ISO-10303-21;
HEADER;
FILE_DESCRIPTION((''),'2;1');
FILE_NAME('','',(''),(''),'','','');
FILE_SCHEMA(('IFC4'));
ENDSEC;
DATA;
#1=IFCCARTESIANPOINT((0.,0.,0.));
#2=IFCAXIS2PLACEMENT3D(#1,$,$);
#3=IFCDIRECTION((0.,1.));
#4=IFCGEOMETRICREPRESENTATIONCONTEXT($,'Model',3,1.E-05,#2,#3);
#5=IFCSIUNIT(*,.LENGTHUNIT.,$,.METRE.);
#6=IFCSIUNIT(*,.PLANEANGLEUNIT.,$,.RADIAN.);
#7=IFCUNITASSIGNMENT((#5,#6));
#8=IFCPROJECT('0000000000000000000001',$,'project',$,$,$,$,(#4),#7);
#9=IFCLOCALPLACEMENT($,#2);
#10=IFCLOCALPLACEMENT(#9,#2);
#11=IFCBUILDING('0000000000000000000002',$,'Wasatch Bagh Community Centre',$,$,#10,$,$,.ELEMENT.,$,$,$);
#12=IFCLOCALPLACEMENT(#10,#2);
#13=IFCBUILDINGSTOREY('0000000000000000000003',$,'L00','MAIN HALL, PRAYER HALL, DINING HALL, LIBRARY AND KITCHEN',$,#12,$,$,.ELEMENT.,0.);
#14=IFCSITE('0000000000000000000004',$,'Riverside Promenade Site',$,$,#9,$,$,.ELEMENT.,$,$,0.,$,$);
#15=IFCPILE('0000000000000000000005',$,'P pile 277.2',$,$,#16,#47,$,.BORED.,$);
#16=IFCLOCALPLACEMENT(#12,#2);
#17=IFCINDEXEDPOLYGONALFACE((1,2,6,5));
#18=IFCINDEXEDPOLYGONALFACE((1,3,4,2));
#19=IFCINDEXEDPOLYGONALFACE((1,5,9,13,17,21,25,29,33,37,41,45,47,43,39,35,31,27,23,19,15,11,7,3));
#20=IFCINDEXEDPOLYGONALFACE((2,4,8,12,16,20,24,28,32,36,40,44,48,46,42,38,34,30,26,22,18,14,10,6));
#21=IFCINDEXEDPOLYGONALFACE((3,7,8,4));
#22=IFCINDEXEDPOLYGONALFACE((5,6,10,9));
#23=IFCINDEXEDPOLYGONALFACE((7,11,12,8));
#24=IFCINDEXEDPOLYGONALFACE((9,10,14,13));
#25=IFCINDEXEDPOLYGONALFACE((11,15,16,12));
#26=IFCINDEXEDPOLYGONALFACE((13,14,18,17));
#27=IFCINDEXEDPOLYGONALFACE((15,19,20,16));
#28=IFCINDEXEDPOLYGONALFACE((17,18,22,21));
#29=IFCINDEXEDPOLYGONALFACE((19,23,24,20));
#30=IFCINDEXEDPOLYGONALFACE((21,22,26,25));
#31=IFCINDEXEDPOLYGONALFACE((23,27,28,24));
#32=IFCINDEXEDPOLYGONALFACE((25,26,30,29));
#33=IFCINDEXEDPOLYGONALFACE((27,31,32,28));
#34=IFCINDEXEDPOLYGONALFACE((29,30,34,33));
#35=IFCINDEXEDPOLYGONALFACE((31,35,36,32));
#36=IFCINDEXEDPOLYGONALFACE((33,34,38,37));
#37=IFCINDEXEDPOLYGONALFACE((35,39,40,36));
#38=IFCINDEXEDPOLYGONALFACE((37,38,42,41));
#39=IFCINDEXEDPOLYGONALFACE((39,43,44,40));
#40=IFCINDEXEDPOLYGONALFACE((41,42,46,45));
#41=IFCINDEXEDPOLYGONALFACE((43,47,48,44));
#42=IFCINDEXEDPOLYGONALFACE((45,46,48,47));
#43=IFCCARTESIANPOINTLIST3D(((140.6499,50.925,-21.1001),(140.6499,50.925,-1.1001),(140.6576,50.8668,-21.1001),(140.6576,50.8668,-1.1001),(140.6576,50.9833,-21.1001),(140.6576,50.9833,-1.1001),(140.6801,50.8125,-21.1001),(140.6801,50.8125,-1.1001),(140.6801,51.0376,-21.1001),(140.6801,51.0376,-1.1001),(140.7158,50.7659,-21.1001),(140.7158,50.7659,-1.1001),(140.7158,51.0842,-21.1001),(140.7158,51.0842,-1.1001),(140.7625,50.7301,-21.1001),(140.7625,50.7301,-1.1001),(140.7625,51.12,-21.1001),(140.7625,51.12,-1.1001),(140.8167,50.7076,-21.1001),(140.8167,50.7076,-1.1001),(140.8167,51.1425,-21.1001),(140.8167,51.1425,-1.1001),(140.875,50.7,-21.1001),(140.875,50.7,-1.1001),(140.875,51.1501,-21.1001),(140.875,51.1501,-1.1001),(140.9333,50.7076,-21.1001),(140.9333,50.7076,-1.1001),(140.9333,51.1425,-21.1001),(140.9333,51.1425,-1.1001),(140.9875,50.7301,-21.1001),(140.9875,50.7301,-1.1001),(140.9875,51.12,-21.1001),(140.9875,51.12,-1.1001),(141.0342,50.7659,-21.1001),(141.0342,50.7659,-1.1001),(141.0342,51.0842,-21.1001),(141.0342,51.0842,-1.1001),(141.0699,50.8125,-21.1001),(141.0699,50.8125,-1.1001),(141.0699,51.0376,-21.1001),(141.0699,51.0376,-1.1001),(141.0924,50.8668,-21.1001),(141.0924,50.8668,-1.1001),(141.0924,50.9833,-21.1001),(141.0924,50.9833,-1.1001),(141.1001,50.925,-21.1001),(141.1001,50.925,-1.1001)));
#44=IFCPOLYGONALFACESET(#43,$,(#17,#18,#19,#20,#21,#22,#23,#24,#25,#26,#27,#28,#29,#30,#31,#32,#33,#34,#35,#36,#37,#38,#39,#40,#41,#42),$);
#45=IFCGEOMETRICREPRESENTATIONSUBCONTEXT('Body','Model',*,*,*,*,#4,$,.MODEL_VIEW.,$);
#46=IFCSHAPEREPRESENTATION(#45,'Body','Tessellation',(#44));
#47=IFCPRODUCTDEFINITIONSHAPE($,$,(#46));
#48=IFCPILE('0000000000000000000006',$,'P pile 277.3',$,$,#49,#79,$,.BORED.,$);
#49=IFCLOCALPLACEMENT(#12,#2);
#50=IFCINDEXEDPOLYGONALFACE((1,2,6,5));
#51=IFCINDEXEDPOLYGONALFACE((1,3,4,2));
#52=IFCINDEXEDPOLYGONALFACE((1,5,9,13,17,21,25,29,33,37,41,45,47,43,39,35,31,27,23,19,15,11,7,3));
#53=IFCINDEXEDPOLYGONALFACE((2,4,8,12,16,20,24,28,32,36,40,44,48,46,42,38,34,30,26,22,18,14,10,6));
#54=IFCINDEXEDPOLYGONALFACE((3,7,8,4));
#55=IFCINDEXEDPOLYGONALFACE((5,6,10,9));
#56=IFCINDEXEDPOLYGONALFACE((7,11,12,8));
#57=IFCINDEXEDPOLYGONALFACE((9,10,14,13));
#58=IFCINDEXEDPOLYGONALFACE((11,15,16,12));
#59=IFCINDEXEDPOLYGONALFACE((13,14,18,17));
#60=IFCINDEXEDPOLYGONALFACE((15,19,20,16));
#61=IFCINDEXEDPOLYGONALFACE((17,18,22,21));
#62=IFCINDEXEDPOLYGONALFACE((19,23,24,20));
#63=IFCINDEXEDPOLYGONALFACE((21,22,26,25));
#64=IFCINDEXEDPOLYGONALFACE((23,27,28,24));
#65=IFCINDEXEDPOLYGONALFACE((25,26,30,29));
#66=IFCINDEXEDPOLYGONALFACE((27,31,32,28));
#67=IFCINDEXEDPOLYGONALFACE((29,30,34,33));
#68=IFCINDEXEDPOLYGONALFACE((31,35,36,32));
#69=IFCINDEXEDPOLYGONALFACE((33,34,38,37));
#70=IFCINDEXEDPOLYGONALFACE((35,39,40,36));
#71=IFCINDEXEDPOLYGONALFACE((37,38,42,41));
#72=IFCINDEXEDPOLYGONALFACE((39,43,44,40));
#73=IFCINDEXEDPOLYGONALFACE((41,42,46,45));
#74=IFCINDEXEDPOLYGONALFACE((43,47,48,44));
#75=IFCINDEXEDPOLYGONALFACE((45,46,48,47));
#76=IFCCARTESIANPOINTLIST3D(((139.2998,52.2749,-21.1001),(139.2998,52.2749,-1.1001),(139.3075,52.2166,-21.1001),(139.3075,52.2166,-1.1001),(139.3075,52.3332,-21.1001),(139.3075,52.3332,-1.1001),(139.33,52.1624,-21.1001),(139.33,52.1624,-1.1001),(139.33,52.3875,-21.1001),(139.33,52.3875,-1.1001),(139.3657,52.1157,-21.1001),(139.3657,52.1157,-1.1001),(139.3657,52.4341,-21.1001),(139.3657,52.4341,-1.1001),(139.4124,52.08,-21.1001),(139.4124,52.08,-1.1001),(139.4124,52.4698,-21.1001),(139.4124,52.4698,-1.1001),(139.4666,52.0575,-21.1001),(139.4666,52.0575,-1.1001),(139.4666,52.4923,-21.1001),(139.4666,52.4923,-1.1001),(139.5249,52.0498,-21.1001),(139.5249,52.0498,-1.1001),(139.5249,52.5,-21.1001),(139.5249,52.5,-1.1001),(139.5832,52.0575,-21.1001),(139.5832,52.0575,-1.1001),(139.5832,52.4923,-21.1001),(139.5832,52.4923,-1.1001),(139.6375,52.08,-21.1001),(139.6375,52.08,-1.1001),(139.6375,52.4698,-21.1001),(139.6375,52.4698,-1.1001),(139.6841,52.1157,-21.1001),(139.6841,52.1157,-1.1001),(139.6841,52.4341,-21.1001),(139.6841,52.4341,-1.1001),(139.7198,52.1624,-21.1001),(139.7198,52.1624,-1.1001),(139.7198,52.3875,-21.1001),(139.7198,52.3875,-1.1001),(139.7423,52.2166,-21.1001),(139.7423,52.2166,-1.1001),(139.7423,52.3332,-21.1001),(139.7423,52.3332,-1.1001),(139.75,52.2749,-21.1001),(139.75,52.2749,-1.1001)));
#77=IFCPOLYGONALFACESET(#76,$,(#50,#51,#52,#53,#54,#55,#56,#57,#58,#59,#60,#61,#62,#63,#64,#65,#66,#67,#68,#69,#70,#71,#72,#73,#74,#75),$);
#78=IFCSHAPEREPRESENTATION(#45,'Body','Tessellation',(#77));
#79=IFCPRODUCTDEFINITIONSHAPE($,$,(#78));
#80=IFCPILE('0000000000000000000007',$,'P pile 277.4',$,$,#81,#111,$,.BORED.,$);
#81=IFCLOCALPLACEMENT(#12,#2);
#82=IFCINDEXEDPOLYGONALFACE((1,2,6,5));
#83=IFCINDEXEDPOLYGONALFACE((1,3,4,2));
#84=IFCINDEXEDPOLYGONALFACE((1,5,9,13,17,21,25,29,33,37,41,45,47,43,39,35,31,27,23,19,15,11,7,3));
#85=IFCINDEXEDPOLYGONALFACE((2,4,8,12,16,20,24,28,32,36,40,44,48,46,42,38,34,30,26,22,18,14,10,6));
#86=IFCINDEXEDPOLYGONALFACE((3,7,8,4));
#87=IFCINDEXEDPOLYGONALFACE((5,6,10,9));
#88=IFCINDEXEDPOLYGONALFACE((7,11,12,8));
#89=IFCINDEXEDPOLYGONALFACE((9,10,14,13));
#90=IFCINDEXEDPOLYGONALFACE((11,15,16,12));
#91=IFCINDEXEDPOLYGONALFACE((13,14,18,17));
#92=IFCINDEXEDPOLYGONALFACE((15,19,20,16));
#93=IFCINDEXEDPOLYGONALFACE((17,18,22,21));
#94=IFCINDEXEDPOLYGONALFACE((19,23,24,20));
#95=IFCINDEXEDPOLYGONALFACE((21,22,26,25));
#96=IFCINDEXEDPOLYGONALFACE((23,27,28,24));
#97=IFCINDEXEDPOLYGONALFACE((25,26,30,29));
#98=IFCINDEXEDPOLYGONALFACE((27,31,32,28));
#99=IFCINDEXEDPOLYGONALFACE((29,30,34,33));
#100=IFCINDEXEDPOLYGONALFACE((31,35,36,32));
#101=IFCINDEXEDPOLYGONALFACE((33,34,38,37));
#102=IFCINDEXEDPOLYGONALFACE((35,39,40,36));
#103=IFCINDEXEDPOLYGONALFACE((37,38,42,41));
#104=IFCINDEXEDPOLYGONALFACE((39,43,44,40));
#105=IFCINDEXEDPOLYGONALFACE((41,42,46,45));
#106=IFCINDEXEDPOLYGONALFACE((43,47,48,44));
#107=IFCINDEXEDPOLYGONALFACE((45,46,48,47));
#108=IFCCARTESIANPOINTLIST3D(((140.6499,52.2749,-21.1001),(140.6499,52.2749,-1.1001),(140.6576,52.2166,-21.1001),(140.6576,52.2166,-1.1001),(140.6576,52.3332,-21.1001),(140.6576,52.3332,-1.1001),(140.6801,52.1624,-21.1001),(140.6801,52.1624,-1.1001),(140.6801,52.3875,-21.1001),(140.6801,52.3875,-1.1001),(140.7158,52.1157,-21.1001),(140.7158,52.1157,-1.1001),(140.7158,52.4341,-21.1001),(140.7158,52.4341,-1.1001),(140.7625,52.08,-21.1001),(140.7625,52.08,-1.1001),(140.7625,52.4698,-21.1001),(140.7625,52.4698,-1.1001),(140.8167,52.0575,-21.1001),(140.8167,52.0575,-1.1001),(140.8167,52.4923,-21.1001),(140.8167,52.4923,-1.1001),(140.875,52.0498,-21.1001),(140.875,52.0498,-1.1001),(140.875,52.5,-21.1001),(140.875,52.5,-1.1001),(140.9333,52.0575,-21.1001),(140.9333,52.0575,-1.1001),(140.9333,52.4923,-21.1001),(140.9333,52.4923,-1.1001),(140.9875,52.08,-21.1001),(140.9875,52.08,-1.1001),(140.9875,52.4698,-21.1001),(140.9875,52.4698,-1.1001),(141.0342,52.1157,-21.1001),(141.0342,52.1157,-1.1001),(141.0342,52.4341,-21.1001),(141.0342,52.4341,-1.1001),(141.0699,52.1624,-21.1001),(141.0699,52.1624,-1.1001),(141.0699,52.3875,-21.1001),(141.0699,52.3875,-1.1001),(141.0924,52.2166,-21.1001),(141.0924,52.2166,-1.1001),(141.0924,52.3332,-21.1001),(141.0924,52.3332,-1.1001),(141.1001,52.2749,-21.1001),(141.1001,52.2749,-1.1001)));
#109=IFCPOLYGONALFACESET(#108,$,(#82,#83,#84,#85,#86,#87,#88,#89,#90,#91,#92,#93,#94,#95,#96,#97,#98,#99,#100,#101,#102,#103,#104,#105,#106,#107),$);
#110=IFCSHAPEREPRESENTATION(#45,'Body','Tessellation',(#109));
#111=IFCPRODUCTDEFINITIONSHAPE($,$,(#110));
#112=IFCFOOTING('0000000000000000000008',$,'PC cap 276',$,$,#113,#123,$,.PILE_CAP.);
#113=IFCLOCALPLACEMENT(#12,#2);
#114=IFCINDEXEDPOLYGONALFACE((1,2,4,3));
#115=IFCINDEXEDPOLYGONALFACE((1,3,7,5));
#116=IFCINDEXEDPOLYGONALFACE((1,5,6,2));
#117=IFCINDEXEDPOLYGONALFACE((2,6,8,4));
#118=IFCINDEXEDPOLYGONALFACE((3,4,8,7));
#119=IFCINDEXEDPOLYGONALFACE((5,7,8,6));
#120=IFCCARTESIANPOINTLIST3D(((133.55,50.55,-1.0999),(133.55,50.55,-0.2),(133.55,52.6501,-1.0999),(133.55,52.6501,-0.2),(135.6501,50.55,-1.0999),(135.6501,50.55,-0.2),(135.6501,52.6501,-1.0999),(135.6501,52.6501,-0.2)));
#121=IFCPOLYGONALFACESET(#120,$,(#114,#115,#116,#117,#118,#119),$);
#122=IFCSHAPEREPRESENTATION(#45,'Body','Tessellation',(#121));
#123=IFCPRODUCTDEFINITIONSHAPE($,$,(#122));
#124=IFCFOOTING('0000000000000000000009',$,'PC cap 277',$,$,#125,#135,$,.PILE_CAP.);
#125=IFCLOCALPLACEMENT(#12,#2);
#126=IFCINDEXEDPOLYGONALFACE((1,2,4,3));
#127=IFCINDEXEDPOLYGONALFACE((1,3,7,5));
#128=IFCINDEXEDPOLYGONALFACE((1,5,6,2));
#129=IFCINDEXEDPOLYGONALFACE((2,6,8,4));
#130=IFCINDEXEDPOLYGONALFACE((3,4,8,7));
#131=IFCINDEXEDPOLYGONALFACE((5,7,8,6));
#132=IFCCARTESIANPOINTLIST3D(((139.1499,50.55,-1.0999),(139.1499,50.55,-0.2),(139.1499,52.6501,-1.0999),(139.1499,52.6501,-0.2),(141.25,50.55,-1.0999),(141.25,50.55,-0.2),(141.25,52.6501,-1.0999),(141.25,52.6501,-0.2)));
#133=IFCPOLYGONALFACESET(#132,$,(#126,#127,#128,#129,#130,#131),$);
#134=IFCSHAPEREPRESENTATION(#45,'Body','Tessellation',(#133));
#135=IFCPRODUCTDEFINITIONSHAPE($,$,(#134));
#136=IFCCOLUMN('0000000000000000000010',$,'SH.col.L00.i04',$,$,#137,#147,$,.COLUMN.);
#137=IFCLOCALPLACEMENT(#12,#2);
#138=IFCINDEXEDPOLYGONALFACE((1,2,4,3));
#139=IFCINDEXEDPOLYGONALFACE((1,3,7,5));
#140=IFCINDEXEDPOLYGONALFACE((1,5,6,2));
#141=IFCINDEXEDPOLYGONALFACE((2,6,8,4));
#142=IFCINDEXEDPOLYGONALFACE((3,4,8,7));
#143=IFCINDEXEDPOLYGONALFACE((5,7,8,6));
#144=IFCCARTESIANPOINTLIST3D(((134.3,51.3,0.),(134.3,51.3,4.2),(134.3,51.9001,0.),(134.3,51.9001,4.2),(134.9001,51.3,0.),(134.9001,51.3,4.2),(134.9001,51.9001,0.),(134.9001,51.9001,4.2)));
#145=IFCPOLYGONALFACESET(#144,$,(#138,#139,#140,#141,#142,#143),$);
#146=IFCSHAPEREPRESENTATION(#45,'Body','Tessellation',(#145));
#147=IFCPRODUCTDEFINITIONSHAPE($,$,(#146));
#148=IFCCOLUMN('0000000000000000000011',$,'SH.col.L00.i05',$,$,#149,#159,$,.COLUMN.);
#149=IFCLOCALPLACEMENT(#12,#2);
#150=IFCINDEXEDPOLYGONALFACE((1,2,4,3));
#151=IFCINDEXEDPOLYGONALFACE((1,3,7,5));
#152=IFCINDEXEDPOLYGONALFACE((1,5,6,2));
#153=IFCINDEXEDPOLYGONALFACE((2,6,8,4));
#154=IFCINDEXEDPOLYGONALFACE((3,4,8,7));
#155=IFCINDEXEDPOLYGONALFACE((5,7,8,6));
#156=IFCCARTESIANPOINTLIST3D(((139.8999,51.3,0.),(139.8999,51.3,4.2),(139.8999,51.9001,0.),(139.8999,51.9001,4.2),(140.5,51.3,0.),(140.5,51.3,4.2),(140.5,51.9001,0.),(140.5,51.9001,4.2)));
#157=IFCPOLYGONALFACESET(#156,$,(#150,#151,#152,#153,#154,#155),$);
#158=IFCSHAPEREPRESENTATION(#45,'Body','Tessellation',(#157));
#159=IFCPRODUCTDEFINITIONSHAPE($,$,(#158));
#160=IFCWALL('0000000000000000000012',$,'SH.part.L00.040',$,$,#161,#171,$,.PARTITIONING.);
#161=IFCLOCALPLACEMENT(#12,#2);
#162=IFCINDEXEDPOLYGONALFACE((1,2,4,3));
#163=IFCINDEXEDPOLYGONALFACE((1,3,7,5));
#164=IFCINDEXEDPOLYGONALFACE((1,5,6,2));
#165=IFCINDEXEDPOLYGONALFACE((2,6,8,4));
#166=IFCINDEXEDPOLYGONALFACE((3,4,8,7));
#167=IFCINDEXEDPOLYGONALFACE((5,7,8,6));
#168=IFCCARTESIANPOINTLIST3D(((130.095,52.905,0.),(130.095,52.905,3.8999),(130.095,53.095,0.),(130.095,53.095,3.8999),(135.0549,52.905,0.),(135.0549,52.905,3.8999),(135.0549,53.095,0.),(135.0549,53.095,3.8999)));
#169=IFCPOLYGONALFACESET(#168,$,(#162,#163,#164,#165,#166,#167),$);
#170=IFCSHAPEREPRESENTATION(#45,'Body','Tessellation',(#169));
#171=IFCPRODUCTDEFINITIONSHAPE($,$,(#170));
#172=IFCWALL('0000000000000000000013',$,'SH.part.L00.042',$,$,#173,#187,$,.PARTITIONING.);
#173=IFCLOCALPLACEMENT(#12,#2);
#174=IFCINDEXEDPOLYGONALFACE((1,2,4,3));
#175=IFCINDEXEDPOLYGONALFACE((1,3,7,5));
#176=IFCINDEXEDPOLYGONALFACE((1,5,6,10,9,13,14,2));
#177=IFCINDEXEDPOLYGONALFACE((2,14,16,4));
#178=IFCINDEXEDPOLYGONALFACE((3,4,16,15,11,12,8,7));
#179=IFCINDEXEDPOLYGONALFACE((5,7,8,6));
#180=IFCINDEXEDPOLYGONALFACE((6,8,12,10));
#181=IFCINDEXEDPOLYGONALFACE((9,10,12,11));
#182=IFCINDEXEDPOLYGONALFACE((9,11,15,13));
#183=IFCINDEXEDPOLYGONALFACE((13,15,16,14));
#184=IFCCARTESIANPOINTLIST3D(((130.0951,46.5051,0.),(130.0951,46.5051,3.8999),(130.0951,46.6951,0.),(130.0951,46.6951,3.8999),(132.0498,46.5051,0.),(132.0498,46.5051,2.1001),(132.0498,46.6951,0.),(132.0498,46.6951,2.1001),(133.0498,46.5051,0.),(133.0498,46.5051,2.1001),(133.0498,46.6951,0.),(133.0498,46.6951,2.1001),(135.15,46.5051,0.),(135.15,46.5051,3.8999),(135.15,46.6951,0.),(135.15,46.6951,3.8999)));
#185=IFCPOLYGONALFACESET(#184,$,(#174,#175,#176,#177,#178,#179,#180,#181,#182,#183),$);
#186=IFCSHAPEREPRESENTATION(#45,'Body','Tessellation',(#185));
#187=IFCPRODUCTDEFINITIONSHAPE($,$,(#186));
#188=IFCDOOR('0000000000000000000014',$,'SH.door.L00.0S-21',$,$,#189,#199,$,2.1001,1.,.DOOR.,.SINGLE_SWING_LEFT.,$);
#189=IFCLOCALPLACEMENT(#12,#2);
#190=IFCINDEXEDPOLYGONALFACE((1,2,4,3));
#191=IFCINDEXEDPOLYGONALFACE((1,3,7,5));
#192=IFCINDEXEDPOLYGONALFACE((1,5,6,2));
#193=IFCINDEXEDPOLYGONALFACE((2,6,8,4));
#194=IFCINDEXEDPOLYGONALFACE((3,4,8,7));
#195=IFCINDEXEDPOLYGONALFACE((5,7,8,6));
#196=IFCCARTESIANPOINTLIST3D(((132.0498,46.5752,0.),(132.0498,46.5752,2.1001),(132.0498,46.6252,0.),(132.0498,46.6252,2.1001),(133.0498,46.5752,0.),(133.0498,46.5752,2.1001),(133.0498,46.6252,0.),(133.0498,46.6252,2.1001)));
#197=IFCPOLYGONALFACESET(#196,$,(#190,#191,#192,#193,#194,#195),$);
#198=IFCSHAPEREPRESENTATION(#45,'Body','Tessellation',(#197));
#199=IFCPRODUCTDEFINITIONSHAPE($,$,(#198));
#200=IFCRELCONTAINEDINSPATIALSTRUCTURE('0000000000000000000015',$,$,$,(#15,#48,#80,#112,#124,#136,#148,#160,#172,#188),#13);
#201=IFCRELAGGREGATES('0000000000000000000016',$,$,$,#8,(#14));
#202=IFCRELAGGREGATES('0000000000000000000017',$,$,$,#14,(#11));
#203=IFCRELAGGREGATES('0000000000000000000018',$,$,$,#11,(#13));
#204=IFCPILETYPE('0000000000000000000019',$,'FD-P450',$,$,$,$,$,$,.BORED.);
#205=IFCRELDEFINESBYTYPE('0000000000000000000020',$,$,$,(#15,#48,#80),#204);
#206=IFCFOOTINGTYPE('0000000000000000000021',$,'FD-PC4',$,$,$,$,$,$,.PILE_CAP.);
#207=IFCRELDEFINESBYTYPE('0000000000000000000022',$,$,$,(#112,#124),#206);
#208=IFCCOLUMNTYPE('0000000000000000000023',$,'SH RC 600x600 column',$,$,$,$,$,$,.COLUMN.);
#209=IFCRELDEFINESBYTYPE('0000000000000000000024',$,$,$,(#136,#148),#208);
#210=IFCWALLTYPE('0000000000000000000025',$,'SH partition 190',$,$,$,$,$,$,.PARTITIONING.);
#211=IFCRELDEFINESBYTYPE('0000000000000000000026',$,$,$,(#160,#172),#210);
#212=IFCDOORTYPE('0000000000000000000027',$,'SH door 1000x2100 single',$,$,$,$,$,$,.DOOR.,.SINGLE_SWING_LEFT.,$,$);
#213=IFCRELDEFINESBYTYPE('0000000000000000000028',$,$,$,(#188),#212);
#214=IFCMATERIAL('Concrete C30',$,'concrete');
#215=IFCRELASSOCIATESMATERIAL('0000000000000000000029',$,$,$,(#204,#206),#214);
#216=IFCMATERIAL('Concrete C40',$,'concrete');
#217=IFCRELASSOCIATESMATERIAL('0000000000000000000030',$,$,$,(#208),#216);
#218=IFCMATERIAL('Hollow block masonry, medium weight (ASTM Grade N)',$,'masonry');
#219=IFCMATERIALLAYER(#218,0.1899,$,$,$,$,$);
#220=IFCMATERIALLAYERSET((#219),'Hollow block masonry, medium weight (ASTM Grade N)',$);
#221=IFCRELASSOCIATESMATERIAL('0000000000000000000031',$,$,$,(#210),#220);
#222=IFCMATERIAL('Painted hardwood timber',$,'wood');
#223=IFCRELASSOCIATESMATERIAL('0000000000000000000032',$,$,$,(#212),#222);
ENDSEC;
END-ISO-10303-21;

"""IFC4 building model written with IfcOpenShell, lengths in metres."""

from ifc_helpers import new_model, si_unit, direction, frame, frame_2d, origin, origin_2d, place, context, subcontext, project, spatial, rectangle, circle, extrude, material, layer, layer_set, material_profile, profile_set, type_object, element, fill, save


model = new_model("IFC4")

# Units and contexts
model_context = context("Model", 3, precision=1e-05, world=origin(), true_north=direction((0.0, 1.0)))
body_context = subcontext(model_context, "Body", "Model", "MODEL_VIEW")
ifc_project = project(units=[si_unit("LENGTHUNIT", "METRE"), si_unit("PLANEANGLEUNIT", "RADIAN")], contexts=[model_context])

# Site, building, storey
site_placement = place(None, origin())
site = spatial("IfcSite", under=ifc_project, at=site_placement, Name="Riverside Promenade Site", CompositionType="ELEMENT", RefElevation=0.0)
building_placement = place(site_placement, origin())
building = spatial("IfcBuilding", under=site, at=building_placement, Name="Wasatch Bagh Community Centre", CompositionType="ELEMENT")
storey_placement = place(building_placement, origin())
storey = spatial("IfcBuildingStorey", under=building, at=storey_placement, Name="L00", Description="MAIN HALL, PRAYER HALL, DINING HALL, LIBRARY AND KITCHEN", CompositionType="ELEMENT", Elevation=0.0)

# Piles
ifc_material_1 = material(Name="Concrete C30", Category="concrete")
ifc_material_profile_1 = material_profile(ifc_material_1, circle(Radius=0.2251, at=origin_2d()), Name="RC D450")
ifc_profile_set_1 = profile_set([ifc_material_profile_1], Name="Concrete C30")
pile_type = type_object("IfcPileType", Name="FD-P450", PredefinedType="BORED", material=ifc_profile_set_1)
for number, where, z_axis, x_axis, name in (
    (1, (140.875, 50.925, -1.1001), (0.0, 0.0, -1.0), (1.0, 0.0, 0.0), "P pile 277.2"),
    (2, (139.5249, 52.2749, -1.1001), (0.0, 0.0, -1.0), (1.0, 0.0, 0.0), "P pile 277.3"),
    (3, (140.875, 52.2749, -1.1001), (0.0, 0.0, -1.0), (1.0, 0.0, 0.0), "P pile 277.4"),
):
    element("IfcPile", number, at=place(storey_placement, frame(where, z_axis=z_axis, x_axis=x_axis)), inside=storey, type_object=pile_type, Name=name, PredefinedType="BORED", context=body_context, shape_type="SweptSolid", body=[
        extrude(circle(Radius=0.2251, at=origin_2d()), origin(), (0.0, 0.0, 1.0), 20.0),
    ])

# Footings
footing_type_1 = type_object("IfcFootingType", Name="FD-PC4", PredefinedType="PILE_CAP", material=ifc_material_1)
for number, where, z_axis, x_axis, name in (
    (4, (134.6001, 51.6001, -1.0999), (0.0, 0.0, 1.0), (1.0, 0.0, 0.0), "PC cap 276"),
    (5, (140.2, 51.6001, -1.0999), (0.0, 0.0, 1.0), (1.0, 0.0, 0.0), "PC cap 277"),
):
    element("IfcFooting", number, at=place(storey_placement, frame(where, z_axis=z_axis, x_axis=x_axis)), inside=storey, type_object=footing_type_1, Name=name, PredefinedType="PILE_CAP", context=body_context, shape_type="SweptSolid", body=[
        extrude(rectangle(XDim=2.1001, YDim=2.1001, at=origin_2d()), origin(), (0.0, 0.0, 1.0), 0.8999),
    ])

# Columns
ifc_material_2 = material(Name="Concrete C40", Category="concrete")
ifc_material_profile_2 = material_profile(ifc_material_2, rectangle(XDim=0.6001, YDim=0.6001, at=origin_2d()), Name="RC 600x600")
ifc_profile_set_2 = profile_set([ifc_material_profile_2], Name="Concrete C40")
column_type = type_object("IfcColumnType", Name="SH RC 600x600 column", PredefinedType="COLUMN", material=ifc_profile_set_2)
for number, where, z_axis, x_axis, name in (
    (6, (134.6001, 51.6001, 0.0), (0.0, 0.0, 1.0), (1.0, 0.0, 0.0), "SH.col.L00.i04"),
    (7, (140.2, 51.6001, 0.0), (0.0, 0.0, 1.0), (1.0, 0.0, 0.0), "SH.col.L00.i05"),
):
    element("IfcColumn", number, at=place(storey_placement, frame(where, z_axis=z_axis, x_axis=x_axis)), inside=storey, type_object=column_type, Name=name, PredefinedType="COLUMN", context=body_context, shape_type="SweptSolid", body=[
        extrude(rectangle(XDim=0.6001, YDim=0.6001, at=origin_2d()), origin(), (0.0, 0.0, 1.0), 4.2),
    ])

# Wall
ifc_material_3 = material(Name="Hollow block masonry, medium weight (ASTM Grade N)", Category="masonry")
ifc_layer = layer(ifc_material_3, 0.1899)
ifc_layer_set = layer_set([ifc_layer], Name="Hollow block masonry, medium weight (ASTM Grade N)")
wall_type = type_object("IfcWallType", Name="SH partition 190", PredefinedType="PARTITIONING", material=ifc_layer_set)
wall_1_placement = place(storey_placement, frame((135.0549, 53.0, 0.0), z_axis=(0.0, 0.0, 1.0), x_axis=(-1.0, 0.0, 0.0)))
element("IfcWall", 8, at=wall_1_placement, inside=storey, type_object=wall_type, Name="SH.part.L00.040", PredefinedType="PARTITIONING", context=body_context, shape_type="SweptSolid", body=[
    extrude(rectangle(XDim=4.96, YDim=0.1899, at=frame_2d((2.48, 0.0))), origin(), (0.0, 0.0, 1.0), 3.8999),
])

# Wall, opening, door
wall_2_placement = place(storey_placement, frame((135.1499, 46.6001, 0.0), z_axis=(0.0, 0.0, 1.0), x_axis=(-1.0, 0.0, 0.0)))
wall_2 = element("IfcWall", 9, at=wall_2_placement, inside=storey, type_object=wall_type, Name="SH.part.L00.042", PredefinedType="PARTITIONING", context=body_context, shape_type="SweptSolid", body=[
    extrude(rectangle(XDim=5.0549, YDim=0.1899, at=frame_2d((2.5273, 0.0))), origin(), (0.0, 0.0, 1.0), 3.8999),
])
opening_1_placement = place(wall_2_placement, frame((2.1001, 0.0, 0.0)))
opening_1 = element("IfcOpeningElement", 10, at=opening_1_placement, cuts=wall_2, PredefinedType="OPENING", context=body_context, shape_type="SweptSolid", body=[
    extrude(rectangle(XDim=1.0, YDim=2.1001, at=frame_2d((0.5, 1.05))), frame((0.0, 0.105, 0.0), z_axis=(0.0, -1.0, 0.0), x_axis=(1.0, 0.0, 0.0)), (0.0, 0.0, 1.0), 0.21),
])
ifc_material_4 = material(Name="Painted hardwood timber", Category="wood")
door_type = type_object("IfcDoorType", Name="SH door 1000x2100 single", OperationType="SINGLE_SWING_LEFT", PredefinedType="DOOR", material=ifc_material_4)
door_1_placement = place(opening_1_placement, origin())
door_1 = element("IfcDoor", 11, at=door_1_placement, inside=storey, type_object=door_type, Name="SH.door.L00.0S-21", OperationType="SINGLE_SWING_LEFT", OverallHeight=2.1001, OverallWidth=1.0, PredefinedType="DOOR", context=body_context, shape_type="SweptSolid", body=[
    extrude(rectangle(XDim=1.0, YDim=2.1001, at=frame_2d((0.5, 1.05))), frame((0.0, 0.0249, 0.0), z_axis=(0.0, -1.0, 0.0), x_axis=(1.0, 0.0, 0.0)), (0.0, 0.0, 1.0), 0.05),
])
fill(opening_1, door_1)

save(model, "model.ifc")
